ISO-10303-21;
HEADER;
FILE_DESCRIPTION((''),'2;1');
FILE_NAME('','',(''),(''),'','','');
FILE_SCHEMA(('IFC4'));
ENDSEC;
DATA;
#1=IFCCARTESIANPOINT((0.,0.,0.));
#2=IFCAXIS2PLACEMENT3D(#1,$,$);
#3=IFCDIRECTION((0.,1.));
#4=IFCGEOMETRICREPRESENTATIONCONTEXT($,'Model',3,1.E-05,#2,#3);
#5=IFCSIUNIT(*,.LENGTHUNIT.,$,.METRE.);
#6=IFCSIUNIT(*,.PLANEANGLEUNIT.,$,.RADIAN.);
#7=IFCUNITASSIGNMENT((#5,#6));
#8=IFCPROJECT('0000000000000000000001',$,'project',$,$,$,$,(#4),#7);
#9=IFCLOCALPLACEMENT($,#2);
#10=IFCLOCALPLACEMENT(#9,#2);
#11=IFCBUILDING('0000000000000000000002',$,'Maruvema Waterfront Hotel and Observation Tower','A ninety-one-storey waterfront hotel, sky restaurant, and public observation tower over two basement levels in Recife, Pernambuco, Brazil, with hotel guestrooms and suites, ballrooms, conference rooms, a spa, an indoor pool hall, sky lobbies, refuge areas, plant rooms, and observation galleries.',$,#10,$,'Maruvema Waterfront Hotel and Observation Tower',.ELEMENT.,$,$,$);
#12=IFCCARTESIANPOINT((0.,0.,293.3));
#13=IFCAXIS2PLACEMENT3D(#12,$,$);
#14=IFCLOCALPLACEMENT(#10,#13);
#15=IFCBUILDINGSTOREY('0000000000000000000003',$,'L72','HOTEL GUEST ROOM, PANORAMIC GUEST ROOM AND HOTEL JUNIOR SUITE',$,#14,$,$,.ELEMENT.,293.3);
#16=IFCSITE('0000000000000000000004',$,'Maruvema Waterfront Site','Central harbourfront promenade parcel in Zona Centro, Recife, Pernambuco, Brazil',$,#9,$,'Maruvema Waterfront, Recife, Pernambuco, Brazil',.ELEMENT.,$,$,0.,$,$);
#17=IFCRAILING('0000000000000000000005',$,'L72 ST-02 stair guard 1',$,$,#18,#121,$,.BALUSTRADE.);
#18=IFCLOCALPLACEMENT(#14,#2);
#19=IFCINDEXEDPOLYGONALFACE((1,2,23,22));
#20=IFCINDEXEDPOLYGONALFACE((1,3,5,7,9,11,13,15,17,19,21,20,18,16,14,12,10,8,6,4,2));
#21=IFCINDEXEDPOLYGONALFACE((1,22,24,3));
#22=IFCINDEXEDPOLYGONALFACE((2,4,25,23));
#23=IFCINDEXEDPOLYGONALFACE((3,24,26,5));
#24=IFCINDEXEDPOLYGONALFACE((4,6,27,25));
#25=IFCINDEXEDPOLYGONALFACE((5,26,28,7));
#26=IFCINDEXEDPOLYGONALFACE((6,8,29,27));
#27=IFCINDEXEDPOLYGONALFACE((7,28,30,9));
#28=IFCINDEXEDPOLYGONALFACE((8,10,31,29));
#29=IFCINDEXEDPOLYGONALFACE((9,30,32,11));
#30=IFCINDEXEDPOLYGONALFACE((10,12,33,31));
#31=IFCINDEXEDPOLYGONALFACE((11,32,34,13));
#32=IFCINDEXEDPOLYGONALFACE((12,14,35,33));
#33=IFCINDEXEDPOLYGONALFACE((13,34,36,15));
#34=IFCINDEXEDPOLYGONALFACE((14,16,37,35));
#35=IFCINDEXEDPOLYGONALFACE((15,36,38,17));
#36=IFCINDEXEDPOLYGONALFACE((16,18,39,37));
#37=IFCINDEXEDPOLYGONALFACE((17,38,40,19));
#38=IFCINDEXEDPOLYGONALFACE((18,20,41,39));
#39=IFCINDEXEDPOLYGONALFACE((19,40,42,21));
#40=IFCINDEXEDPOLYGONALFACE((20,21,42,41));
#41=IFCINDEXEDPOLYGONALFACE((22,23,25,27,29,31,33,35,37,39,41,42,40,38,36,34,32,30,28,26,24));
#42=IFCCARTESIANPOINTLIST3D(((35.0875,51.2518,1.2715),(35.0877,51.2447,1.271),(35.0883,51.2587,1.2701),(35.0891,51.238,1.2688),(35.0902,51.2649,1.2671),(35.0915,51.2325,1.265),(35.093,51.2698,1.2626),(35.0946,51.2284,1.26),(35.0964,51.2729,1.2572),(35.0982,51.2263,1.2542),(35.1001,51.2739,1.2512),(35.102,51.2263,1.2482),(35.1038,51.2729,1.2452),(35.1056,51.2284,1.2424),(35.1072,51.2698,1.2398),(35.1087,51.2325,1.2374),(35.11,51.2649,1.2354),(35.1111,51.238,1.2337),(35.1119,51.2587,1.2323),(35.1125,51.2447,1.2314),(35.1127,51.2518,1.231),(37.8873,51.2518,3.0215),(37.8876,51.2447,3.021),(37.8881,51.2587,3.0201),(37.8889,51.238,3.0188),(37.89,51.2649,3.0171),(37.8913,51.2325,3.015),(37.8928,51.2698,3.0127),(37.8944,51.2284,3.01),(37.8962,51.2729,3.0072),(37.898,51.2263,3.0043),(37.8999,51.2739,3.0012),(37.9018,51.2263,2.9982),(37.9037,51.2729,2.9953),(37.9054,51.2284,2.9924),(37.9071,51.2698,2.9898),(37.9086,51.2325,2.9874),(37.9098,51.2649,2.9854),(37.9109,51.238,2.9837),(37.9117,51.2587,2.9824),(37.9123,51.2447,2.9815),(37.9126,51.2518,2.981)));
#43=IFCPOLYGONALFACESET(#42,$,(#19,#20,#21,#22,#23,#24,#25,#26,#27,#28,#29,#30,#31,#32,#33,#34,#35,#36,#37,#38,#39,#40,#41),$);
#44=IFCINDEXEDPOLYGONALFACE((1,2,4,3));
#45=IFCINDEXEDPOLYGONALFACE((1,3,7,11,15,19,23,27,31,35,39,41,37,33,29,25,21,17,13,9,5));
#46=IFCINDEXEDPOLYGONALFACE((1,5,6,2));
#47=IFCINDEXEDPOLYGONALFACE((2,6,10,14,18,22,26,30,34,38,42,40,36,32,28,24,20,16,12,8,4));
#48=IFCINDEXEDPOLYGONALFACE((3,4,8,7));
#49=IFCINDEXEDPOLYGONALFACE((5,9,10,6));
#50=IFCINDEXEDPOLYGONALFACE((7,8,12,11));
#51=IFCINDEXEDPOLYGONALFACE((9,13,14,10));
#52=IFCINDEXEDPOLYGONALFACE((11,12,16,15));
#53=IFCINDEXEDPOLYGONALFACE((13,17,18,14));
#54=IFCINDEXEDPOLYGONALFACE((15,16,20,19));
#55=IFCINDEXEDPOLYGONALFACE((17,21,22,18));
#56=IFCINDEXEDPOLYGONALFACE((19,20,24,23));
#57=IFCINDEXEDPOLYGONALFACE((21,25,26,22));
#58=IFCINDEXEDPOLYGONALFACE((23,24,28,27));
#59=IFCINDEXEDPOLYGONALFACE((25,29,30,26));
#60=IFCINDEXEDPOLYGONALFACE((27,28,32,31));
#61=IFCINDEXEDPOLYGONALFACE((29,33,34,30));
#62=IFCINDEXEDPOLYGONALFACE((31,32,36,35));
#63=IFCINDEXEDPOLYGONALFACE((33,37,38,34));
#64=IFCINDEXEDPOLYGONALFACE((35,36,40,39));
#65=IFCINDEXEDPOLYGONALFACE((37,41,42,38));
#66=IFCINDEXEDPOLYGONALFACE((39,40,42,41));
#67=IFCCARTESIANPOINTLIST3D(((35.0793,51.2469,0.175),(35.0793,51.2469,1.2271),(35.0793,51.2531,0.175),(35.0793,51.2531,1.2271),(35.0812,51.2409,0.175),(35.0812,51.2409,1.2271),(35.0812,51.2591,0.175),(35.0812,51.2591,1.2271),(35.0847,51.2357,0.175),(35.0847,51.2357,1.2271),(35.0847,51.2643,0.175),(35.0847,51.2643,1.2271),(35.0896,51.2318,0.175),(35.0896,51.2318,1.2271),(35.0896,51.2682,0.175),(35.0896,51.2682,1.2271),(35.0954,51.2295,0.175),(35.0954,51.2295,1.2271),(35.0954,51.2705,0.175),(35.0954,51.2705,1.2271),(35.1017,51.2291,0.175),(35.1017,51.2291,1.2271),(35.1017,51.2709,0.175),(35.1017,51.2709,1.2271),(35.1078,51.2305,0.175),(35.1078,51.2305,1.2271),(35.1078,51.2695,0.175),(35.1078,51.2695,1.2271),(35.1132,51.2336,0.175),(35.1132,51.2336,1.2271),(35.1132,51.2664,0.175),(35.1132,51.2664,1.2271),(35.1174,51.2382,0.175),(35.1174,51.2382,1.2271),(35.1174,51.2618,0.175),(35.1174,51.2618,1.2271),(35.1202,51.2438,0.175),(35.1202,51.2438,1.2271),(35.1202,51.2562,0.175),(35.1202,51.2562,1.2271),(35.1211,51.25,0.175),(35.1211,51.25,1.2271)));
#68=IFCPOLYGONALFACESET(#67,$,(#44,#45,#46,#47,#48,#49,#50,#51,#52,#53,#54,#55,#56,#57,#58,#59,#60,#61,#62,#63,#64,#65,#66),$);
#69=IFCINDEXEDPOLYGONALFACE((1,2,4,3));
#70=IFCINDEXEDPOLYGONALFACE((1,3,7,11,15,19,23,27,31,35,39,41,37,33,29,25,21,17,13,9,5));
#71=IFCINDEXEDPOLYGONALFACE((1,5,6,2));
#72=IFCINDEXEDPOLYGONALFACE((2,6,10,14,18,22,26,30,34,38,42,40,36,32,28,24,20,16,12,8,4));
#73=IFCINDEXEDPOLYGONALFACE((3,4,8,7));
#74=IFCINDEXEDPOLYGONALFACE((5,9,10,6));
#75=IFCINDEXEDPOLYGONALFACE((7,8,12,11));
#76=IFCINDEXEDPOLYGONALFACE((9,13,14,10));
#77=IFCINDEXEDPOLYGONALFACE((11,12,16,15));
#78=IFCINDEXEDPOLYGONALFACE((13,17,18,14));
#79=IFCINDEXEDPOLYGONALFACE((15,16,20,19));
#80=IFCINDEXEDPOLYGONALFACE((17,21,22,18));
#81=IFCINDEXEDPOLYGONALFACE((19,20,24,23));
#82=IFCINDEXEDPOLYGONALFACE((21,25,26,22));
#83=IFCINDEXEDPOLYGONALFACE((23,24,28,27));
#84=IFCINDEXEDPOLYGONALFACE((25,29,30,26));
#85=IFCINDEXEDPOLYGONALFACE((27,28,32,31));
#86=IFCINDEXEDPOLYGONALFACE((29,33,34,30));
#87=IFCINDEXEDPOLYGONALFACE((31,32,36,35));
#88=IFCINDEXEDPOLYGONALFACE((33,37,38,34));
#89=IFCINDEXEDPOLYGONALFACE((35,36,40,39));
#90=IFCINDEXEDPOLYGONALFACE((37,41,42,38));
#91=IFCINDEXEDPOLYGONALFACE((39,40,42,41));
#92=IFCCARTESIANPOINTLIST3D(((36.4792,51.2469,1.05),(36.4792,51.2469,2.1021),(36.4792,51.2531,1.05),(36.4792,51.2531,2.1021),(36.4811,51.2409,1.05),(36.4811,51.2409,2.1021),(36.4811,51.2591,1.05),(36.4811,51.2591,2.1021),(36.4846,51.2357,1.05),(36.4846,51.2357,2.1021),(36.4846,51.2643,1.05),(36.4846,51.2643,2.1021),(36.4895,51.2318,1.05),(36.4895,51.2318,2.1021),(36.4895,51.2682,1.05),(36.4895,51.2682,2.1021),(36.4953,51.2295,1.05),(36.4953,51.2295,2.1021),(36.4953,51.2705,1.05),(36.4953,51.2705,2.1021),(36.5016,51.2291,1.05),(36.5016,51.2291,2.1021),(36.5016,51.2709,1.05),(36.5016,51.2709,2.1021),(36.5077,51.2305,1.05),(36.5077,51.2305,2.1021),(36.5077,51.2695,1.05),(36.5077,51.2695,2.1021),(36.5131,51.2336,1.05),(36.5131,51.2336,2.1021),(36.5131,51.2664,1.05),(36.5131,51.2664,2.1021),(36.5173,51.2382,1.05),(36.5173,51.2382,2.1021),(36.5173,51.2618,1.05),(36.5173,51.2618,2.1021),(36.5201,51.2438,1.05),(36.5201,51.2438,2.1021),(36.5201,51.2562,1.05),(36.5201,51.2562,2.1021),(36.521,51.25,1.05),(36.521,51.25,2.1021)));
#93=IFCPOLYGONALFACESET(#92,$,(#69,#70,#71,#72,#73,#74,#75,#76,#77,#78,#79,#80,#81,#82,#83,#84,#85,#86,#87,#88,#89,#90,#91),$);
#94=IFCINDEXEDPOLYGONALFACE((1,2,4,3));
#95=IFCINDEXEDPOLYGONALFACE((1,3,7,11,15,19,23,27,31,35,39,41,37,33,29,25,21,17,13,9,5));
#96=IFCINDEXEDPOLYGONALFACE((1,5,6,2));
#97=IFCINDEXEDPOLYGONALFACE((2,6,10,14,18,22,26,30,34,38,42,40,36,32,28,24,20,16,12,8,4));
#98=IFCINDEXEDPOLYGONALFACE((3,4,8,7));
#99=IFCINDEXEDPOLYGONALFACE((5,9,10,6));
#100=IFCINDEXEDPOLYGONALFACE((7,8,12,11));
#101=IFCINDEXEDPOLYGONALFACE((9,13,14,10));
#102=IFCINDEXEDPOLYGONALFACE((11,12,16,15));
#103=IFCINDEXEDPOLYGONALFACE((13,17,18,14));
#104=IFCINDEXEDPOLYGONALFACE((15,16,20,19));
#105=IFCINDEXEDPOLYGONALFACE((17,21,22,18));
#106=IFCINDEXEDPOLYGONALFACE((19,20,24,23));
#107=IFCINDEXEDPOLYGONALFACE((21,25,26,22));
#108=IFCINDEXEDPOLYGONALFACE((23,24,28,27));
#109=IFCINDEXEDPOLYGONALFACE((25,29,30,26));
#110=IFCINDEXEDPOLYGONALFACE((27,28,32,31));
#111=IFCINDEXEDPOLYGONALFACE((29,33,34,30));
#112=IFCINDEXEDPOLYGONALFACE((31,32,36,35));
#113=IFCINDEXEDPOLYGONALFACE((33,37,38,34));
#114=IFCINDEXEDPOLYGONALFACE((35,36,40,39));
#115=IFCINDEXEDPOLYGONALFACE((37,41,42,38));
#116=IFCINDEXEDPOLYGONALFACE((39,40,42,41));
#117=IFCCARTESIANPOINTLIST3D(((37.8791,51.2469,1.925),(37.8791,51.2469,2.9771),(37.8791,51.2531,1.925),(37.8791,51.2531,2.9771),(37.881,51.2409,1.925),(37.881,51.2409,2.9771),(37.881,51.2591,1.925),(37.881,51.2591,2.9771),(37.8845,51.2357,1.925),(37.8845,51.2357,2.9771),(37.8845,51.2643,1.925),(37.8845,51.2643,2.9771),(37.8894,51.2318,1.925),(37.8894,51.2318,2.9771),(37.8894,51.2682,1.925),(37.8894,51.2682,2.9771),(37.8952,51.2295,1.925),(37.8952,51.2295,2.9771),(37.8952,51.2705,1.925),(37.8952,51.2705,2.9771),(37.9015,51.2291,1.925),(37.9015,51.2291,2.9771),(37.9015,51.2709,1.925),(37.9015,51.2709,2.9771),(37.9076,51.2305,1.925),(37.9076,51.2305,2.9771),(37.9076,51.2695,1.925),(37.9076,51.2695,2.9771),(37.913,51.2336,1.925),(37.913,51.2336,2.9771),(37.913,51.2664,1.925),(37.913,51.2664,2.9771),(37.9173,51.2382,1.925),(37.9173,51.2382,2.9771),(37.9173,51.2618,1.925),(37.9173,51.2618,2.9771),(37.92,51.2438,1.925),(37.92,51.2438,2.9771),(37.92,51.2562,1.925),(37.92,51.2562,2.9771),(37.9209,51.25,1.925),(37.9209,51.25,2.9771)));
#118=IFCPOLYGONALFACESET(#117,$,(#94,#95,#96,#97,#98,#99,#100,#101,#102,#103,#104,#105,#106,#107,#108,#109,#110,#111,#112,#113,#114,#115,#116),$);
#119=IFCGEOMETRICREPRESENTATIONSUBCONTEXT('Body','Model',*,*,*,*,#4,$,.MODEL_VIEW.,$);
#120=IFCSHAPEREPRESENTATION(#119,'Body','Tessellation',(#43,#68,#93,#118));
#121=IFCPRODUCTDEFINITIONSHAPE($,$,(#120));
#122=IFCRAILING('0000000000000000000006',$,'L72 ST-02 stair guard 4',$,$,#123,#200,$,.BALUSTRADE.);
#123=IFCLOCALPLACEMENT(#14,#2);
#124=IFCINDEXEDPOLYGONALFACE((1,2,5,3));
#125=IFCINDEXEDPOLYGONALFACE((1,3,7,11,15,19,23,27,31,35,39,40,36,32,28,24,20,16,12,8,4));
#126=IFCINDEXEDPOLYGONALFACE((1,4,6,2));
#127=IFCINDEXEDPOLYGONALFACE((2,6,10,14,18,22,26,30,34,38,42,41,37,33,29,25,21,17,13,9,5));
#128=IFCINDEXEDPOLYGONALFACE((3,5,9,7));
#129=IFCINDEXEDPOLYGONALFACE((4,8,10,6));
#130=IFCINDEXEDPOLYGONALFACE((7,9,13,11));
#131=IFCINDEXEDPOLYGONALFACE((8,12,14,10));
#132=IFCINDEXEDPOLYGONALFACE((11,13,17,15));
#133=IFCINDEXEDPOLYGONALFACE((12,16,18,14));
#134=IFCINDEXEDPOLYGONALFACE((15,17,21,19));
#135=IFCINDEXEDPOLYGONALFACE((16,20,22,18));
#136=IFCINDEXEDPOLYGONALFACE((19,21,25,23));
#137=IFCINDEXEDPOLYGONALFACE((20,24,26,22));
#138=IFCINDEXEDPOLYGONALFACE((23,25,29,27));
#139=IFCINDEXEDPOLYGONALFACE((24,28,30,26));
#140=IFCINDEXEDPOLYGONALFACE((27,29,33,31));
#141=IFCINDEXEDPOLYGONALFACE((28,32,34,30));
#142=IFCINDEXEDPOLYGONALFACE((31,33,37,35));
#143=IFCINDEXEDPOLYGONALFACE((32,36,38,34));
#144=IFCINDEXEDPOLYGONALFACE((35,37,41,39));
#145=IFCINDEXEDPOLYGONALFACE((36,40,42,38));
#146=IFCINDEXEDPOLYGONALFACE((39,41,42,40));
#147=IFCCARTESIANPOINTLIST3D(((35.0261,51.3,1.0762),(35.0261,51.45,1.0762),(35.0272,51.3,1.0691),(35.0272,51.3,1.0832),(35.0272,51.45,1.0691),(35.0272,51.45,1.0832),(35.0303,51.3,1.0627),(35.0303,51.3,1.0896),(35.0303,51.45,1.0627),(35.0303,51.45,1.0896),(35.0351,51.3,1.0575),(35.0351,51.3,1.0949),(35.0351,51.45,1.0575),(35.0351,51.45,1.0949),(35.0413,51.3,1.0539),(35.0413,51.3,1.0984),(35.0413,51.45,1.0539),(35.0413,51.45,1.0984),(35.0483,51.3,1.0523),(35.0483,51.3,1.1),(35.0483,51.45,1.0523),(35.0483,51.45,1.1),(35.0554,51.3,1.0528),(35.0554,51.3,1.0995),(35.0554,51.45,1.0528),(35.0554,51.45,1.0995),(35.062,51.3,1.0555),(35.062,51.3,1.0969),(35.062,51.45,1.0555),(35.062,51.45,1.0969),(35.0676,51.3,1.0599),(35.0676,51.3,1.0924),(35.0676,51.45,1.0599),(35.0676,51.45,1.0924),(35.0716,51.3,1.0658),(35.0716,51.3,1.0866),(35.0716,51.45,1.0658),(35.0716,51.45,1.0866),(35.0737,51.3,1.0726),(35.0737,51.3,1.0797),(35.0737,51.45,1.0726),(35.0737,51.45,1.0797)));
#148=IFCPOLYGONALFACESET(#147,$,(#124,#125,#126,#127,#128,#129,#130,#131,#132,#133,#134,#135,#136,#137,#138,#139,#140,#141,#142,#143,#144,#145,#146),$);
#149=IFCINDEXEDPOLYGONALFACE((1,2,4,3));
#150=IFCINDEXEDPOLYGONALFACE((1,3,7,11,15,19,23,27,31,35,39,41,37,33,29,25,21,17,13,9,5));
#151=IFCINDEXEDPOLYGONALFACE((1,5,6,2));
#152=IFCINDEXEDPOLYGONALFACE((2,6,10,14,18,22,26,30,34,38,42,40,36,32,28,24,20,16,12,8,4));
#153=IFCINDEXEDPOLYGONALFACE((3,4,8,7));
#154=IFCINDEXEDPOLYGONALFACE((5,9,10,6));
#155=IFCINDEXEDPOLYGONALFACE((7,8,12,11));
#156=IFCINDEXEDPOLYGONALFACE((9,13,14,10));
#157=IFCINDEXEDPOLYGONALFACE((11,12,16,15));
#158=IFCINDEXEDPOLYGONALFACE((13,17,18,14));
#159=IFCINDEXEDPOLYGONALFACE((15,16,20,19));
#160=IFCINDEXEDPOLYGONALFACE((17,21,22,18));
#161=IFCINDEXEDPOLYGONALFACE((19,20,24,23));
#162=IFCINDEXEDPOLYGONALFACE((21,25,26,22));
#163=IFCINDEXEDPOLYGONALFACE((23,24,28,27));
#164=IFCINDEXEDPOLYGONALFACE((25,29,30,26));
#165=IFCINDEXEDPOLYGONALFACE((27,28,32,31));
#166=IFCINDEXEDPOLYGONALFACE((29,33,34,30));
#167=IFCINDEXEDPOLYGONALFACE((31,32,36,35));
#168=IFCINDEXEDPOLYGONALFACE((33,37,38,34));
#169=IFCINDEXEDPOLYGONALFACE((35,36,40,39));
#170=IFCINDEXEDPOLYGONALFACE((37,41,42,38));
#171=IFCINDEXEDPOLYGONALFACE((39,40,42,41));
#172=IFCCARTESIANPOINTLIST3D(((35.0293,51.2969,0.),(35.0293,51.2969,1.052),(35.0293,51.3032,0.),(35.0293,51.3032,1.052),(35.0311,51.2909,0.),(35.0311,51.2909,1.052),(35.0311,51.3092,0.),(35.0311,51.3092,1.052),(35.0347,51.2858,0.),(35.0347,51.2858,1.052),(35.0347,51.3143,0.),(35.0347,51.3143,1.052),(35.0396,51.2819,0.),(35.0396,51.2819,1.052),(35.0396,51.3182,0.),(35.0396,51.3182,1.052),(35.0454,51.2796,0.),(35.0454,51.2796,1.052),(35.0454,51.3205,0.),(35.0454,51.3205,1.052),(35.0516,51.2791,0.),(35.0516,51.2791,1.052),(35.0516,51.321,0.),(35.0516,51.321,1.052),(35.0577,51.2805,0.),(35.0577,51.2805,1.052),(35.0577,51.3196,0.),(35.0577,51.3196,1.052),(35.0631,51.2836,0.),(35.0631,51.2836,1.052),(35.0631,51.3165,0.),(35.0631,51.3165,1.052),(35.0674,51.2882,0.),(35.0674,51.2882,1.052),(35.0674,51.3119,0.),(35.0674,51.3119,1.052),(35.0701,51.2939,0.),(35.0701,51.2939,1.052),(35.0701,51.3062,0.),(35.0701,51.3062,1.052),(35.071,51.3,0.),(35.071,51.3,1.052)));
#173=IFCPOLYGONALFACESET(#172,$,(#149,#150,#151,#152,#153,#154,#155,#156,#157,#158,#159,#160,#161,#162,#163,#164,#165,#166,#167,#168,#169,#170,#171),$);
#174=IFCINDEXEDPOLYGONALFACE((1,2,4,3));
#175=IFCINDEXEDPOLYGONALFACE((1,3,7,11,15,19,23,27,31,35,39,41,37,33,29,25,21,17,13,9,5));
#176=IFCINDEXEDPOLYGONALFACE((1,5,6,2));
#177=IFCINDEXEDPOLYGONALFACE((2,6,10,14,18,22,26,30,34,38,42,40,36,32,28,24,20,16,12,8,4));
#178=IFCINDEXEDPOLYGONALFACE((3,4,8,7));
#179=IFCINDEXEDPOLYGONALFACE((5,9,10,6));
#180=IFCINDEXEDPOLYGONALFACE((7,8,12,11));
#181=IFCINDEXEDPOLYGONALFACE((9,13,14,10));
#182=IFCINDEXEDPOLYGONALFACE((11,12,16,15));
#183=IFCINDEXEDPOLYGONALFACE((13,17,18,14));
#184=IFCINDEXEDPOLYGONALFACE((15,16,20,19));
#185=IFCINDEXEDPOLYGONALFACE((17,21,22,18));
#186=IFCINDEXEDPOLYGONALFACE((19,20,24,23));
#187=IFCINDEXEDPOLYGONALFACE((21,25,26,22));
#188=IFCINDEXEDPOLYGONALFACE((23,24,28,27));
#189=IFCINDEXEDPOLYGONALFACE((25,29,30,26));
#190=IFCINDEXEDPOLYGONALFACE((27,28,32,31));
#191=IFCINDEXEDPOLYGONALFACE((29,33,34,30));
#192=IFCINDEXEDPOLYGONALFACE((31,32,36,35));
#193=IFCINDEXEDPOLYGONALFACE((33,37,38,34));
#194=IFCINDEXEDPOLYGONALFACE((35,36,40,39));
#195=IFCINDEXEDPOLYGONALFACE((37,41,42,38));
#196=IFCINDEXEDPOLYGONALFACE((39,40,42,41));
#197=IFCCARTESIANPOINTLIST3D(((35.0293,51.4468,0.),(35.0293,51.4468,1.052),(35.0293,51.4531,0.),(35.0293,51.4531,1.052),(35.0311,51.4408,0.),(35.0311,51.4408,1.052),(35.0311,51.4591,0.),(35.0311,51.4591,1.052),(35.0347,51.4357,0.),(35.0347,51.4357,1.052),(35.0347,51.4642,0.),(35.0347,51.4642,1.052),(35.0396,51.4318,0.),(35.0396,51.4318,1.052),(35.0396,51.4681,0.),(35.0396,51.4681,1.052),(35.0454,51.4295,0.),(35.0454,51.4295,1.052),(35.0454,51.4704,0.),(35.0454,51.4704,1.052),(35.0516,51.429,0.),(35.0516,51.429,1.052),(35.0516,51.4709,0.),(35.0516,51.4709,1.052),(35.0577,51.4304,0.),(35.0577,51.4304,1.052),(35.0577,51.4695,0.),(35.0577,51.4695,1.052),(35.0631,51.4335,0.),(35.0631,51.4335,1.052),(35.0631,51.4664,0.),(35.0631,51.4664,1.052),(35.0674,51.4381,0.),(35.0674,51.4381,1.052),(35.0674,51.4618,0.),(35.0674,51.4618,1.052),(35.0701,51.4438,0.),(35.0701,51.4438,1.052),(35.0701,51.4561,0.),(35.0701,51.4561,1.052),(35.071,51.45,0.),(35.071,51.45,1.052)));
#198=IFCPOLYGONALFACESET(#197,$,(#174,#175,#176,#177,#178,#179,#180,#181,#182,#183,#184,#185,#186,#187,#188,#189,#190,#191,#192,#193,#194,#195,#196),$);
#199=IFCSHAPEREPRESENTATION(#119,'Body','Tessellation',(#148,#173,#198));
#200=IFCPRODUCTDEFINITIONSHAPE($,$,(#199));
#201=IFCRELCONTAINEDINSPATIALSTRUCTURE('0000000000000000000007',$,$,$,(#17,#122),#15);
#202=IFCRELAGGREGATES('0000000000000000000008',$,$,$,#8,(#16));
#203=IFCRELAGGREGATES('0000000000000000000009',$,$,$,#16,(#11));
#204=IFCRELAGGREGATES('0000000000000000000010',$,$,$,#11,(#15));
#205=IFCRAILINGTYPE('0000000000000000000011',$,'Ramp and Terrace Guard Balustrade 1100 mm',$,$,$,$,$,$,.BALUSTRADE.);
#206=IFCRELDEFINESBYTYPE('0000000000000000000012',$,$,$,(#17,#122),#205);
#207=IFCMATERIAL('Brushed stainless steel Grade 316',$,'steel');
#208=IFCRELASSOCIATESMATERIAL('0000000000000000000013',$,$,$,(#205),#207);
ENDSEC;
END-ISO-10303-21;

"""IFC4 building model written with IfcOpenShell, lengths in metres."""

from ifc_helpers import new_model, si_unit, direction, frame, origin, origin_2d, place, context, subcontext, project, spatial, circle, extrude, material, type_object, element, save


model = new_model("IFC4")

# Units and contexts
model_context = context("Model", 3, precision=1e-05, world=origin(), true_north=direction((0.0, 1.0)))
body_context = subcontext(model_context, "Body", "Model", "MODEL_VIEW")
ifc_project = project(units=[si_unit("LENGTHUNIT", "METRE"), si_unit("PLANEANGLEUNIT", "RADIAN")], contexts=[model_context])

# Site, building, storey
site_placement = place(None, origin())
site = spatial("IfcSite", under=ifc_project, at=site_placement, Name="Maruvema Waterfront Site", Description="Central harbourfront promenade parcel in Zona Centro, Recife, Pernambuco, Brazil", LongName="Maruvema Waterfront, Recife, Pernambuco, Brazil", CompositionType="ELEMENT", RefElevation=0.0)
building_placement = place(site_placement, origin())
building = spatial("IfcBuilding", under=site, at=building_placement, Name="Maruvema Waterfront Hotel and Observation Tower", Description="A ninety-one-storey waterfront hotel, sky restaurant, and public observation tower over two basement levels in Recife, Pernambuco, Brazil, with hotel guestrooms and suites, ballrooms, conference rooms, a spa, an indoor pool hall, sky lobbies, refuge areas, plant rooms, and observation galleries.", LongName="Maruvema Waterfront Hotel and Observation Tower", CompositionType="ELEMENT")
storey_placement = place(building_placement, frame((0.0, 0.0, 293.3)))
storey = spatial("IfcBuildingStorey", under=building, at=storey_placement, Name="L72", Description="HOTEL GUEST ROOM, PANORAMIC GUEST ROOM AND HOTEL JUNIOR SUITE", CompositionType="ELEMENT", Elevation=293.3)

# Railings
ifc_material_1 = material(Name="Brushed stainless steel Grade 316", Category="steel")
railing_type_1 = type_object("IfcRailingType", Name="Ramp and Terrace Guard Balustrade 1100 mm", PredefinedType="BALUSTRADE", material=ifc_material_1)
railing_1_placement = place(storey_placement, frame((35.1001, 51.25, 0.175)))
element("IfcRailing", 1, at=railing_1_placement, inside=storey, type_object=railing_type_1, Name="L72 ST-02 stair guard 1", PredefinedType="BALUSTRADE", context=body_context, shape_type="SweptSolid", body=[
    extrude(circle(Radius=0.0239, at=origin_2d()), frame((0.0, 0.0, 1.0762), z_axis=(0.847982, 0.0, 0.530026), x_axis=(0.0, 1.0, 0.0)), (0.0, 0.0, 1.0), 3.3018),
    extrude(circle(Radius=0.021, at=origin_2d()), origin(), (0.0, 0.0, 1.0), 1.052),
    extrude(circle(Radius=0.021, at=origin_2d()), frame((1.3999, 0.0, 0.875)), (0.0, 0.0, 1.0), 1.052),
    extrude(circle(Radius=0.021, at=origin_2d()), frame((2.7998, 0.0, 1.75)), (0.0, 0.0, 1.0), 1.052),
])
railing_2_placement = place(storey_placement, frame((35.05, 51.3, 0.0)))
element("IfcRailing", 2, at=railing_2_placement, inside=storey, type_object=railing_type_1, Name="L72 ST-02 stair guard 4", PredefinedType="BALUSTRADE", context=body_context, shape_type="SweptSolid", body=[
    extrude(circle(Radius=0.0239, at=origin_2d()), frame((0.0, 0.0, 1.0762), z_axis=(0.0, 1.0, 0.0), x_axis=(-1.0, 0.0, 0.0)), (0.0, 0.0, 1.0), 0.1499),
    extrude(circle(Radius=0.021, at=origin_2d()), origin(), (0.0, 0.0, 1.0), 1.052),
    extrude(circle(Radius=0.021, at=origin_2d()), frame((0.0, 0.1499, 0.0)), (0.0, 0.0, 1.0), 1.052),
])

save(model, "model.ifc")
